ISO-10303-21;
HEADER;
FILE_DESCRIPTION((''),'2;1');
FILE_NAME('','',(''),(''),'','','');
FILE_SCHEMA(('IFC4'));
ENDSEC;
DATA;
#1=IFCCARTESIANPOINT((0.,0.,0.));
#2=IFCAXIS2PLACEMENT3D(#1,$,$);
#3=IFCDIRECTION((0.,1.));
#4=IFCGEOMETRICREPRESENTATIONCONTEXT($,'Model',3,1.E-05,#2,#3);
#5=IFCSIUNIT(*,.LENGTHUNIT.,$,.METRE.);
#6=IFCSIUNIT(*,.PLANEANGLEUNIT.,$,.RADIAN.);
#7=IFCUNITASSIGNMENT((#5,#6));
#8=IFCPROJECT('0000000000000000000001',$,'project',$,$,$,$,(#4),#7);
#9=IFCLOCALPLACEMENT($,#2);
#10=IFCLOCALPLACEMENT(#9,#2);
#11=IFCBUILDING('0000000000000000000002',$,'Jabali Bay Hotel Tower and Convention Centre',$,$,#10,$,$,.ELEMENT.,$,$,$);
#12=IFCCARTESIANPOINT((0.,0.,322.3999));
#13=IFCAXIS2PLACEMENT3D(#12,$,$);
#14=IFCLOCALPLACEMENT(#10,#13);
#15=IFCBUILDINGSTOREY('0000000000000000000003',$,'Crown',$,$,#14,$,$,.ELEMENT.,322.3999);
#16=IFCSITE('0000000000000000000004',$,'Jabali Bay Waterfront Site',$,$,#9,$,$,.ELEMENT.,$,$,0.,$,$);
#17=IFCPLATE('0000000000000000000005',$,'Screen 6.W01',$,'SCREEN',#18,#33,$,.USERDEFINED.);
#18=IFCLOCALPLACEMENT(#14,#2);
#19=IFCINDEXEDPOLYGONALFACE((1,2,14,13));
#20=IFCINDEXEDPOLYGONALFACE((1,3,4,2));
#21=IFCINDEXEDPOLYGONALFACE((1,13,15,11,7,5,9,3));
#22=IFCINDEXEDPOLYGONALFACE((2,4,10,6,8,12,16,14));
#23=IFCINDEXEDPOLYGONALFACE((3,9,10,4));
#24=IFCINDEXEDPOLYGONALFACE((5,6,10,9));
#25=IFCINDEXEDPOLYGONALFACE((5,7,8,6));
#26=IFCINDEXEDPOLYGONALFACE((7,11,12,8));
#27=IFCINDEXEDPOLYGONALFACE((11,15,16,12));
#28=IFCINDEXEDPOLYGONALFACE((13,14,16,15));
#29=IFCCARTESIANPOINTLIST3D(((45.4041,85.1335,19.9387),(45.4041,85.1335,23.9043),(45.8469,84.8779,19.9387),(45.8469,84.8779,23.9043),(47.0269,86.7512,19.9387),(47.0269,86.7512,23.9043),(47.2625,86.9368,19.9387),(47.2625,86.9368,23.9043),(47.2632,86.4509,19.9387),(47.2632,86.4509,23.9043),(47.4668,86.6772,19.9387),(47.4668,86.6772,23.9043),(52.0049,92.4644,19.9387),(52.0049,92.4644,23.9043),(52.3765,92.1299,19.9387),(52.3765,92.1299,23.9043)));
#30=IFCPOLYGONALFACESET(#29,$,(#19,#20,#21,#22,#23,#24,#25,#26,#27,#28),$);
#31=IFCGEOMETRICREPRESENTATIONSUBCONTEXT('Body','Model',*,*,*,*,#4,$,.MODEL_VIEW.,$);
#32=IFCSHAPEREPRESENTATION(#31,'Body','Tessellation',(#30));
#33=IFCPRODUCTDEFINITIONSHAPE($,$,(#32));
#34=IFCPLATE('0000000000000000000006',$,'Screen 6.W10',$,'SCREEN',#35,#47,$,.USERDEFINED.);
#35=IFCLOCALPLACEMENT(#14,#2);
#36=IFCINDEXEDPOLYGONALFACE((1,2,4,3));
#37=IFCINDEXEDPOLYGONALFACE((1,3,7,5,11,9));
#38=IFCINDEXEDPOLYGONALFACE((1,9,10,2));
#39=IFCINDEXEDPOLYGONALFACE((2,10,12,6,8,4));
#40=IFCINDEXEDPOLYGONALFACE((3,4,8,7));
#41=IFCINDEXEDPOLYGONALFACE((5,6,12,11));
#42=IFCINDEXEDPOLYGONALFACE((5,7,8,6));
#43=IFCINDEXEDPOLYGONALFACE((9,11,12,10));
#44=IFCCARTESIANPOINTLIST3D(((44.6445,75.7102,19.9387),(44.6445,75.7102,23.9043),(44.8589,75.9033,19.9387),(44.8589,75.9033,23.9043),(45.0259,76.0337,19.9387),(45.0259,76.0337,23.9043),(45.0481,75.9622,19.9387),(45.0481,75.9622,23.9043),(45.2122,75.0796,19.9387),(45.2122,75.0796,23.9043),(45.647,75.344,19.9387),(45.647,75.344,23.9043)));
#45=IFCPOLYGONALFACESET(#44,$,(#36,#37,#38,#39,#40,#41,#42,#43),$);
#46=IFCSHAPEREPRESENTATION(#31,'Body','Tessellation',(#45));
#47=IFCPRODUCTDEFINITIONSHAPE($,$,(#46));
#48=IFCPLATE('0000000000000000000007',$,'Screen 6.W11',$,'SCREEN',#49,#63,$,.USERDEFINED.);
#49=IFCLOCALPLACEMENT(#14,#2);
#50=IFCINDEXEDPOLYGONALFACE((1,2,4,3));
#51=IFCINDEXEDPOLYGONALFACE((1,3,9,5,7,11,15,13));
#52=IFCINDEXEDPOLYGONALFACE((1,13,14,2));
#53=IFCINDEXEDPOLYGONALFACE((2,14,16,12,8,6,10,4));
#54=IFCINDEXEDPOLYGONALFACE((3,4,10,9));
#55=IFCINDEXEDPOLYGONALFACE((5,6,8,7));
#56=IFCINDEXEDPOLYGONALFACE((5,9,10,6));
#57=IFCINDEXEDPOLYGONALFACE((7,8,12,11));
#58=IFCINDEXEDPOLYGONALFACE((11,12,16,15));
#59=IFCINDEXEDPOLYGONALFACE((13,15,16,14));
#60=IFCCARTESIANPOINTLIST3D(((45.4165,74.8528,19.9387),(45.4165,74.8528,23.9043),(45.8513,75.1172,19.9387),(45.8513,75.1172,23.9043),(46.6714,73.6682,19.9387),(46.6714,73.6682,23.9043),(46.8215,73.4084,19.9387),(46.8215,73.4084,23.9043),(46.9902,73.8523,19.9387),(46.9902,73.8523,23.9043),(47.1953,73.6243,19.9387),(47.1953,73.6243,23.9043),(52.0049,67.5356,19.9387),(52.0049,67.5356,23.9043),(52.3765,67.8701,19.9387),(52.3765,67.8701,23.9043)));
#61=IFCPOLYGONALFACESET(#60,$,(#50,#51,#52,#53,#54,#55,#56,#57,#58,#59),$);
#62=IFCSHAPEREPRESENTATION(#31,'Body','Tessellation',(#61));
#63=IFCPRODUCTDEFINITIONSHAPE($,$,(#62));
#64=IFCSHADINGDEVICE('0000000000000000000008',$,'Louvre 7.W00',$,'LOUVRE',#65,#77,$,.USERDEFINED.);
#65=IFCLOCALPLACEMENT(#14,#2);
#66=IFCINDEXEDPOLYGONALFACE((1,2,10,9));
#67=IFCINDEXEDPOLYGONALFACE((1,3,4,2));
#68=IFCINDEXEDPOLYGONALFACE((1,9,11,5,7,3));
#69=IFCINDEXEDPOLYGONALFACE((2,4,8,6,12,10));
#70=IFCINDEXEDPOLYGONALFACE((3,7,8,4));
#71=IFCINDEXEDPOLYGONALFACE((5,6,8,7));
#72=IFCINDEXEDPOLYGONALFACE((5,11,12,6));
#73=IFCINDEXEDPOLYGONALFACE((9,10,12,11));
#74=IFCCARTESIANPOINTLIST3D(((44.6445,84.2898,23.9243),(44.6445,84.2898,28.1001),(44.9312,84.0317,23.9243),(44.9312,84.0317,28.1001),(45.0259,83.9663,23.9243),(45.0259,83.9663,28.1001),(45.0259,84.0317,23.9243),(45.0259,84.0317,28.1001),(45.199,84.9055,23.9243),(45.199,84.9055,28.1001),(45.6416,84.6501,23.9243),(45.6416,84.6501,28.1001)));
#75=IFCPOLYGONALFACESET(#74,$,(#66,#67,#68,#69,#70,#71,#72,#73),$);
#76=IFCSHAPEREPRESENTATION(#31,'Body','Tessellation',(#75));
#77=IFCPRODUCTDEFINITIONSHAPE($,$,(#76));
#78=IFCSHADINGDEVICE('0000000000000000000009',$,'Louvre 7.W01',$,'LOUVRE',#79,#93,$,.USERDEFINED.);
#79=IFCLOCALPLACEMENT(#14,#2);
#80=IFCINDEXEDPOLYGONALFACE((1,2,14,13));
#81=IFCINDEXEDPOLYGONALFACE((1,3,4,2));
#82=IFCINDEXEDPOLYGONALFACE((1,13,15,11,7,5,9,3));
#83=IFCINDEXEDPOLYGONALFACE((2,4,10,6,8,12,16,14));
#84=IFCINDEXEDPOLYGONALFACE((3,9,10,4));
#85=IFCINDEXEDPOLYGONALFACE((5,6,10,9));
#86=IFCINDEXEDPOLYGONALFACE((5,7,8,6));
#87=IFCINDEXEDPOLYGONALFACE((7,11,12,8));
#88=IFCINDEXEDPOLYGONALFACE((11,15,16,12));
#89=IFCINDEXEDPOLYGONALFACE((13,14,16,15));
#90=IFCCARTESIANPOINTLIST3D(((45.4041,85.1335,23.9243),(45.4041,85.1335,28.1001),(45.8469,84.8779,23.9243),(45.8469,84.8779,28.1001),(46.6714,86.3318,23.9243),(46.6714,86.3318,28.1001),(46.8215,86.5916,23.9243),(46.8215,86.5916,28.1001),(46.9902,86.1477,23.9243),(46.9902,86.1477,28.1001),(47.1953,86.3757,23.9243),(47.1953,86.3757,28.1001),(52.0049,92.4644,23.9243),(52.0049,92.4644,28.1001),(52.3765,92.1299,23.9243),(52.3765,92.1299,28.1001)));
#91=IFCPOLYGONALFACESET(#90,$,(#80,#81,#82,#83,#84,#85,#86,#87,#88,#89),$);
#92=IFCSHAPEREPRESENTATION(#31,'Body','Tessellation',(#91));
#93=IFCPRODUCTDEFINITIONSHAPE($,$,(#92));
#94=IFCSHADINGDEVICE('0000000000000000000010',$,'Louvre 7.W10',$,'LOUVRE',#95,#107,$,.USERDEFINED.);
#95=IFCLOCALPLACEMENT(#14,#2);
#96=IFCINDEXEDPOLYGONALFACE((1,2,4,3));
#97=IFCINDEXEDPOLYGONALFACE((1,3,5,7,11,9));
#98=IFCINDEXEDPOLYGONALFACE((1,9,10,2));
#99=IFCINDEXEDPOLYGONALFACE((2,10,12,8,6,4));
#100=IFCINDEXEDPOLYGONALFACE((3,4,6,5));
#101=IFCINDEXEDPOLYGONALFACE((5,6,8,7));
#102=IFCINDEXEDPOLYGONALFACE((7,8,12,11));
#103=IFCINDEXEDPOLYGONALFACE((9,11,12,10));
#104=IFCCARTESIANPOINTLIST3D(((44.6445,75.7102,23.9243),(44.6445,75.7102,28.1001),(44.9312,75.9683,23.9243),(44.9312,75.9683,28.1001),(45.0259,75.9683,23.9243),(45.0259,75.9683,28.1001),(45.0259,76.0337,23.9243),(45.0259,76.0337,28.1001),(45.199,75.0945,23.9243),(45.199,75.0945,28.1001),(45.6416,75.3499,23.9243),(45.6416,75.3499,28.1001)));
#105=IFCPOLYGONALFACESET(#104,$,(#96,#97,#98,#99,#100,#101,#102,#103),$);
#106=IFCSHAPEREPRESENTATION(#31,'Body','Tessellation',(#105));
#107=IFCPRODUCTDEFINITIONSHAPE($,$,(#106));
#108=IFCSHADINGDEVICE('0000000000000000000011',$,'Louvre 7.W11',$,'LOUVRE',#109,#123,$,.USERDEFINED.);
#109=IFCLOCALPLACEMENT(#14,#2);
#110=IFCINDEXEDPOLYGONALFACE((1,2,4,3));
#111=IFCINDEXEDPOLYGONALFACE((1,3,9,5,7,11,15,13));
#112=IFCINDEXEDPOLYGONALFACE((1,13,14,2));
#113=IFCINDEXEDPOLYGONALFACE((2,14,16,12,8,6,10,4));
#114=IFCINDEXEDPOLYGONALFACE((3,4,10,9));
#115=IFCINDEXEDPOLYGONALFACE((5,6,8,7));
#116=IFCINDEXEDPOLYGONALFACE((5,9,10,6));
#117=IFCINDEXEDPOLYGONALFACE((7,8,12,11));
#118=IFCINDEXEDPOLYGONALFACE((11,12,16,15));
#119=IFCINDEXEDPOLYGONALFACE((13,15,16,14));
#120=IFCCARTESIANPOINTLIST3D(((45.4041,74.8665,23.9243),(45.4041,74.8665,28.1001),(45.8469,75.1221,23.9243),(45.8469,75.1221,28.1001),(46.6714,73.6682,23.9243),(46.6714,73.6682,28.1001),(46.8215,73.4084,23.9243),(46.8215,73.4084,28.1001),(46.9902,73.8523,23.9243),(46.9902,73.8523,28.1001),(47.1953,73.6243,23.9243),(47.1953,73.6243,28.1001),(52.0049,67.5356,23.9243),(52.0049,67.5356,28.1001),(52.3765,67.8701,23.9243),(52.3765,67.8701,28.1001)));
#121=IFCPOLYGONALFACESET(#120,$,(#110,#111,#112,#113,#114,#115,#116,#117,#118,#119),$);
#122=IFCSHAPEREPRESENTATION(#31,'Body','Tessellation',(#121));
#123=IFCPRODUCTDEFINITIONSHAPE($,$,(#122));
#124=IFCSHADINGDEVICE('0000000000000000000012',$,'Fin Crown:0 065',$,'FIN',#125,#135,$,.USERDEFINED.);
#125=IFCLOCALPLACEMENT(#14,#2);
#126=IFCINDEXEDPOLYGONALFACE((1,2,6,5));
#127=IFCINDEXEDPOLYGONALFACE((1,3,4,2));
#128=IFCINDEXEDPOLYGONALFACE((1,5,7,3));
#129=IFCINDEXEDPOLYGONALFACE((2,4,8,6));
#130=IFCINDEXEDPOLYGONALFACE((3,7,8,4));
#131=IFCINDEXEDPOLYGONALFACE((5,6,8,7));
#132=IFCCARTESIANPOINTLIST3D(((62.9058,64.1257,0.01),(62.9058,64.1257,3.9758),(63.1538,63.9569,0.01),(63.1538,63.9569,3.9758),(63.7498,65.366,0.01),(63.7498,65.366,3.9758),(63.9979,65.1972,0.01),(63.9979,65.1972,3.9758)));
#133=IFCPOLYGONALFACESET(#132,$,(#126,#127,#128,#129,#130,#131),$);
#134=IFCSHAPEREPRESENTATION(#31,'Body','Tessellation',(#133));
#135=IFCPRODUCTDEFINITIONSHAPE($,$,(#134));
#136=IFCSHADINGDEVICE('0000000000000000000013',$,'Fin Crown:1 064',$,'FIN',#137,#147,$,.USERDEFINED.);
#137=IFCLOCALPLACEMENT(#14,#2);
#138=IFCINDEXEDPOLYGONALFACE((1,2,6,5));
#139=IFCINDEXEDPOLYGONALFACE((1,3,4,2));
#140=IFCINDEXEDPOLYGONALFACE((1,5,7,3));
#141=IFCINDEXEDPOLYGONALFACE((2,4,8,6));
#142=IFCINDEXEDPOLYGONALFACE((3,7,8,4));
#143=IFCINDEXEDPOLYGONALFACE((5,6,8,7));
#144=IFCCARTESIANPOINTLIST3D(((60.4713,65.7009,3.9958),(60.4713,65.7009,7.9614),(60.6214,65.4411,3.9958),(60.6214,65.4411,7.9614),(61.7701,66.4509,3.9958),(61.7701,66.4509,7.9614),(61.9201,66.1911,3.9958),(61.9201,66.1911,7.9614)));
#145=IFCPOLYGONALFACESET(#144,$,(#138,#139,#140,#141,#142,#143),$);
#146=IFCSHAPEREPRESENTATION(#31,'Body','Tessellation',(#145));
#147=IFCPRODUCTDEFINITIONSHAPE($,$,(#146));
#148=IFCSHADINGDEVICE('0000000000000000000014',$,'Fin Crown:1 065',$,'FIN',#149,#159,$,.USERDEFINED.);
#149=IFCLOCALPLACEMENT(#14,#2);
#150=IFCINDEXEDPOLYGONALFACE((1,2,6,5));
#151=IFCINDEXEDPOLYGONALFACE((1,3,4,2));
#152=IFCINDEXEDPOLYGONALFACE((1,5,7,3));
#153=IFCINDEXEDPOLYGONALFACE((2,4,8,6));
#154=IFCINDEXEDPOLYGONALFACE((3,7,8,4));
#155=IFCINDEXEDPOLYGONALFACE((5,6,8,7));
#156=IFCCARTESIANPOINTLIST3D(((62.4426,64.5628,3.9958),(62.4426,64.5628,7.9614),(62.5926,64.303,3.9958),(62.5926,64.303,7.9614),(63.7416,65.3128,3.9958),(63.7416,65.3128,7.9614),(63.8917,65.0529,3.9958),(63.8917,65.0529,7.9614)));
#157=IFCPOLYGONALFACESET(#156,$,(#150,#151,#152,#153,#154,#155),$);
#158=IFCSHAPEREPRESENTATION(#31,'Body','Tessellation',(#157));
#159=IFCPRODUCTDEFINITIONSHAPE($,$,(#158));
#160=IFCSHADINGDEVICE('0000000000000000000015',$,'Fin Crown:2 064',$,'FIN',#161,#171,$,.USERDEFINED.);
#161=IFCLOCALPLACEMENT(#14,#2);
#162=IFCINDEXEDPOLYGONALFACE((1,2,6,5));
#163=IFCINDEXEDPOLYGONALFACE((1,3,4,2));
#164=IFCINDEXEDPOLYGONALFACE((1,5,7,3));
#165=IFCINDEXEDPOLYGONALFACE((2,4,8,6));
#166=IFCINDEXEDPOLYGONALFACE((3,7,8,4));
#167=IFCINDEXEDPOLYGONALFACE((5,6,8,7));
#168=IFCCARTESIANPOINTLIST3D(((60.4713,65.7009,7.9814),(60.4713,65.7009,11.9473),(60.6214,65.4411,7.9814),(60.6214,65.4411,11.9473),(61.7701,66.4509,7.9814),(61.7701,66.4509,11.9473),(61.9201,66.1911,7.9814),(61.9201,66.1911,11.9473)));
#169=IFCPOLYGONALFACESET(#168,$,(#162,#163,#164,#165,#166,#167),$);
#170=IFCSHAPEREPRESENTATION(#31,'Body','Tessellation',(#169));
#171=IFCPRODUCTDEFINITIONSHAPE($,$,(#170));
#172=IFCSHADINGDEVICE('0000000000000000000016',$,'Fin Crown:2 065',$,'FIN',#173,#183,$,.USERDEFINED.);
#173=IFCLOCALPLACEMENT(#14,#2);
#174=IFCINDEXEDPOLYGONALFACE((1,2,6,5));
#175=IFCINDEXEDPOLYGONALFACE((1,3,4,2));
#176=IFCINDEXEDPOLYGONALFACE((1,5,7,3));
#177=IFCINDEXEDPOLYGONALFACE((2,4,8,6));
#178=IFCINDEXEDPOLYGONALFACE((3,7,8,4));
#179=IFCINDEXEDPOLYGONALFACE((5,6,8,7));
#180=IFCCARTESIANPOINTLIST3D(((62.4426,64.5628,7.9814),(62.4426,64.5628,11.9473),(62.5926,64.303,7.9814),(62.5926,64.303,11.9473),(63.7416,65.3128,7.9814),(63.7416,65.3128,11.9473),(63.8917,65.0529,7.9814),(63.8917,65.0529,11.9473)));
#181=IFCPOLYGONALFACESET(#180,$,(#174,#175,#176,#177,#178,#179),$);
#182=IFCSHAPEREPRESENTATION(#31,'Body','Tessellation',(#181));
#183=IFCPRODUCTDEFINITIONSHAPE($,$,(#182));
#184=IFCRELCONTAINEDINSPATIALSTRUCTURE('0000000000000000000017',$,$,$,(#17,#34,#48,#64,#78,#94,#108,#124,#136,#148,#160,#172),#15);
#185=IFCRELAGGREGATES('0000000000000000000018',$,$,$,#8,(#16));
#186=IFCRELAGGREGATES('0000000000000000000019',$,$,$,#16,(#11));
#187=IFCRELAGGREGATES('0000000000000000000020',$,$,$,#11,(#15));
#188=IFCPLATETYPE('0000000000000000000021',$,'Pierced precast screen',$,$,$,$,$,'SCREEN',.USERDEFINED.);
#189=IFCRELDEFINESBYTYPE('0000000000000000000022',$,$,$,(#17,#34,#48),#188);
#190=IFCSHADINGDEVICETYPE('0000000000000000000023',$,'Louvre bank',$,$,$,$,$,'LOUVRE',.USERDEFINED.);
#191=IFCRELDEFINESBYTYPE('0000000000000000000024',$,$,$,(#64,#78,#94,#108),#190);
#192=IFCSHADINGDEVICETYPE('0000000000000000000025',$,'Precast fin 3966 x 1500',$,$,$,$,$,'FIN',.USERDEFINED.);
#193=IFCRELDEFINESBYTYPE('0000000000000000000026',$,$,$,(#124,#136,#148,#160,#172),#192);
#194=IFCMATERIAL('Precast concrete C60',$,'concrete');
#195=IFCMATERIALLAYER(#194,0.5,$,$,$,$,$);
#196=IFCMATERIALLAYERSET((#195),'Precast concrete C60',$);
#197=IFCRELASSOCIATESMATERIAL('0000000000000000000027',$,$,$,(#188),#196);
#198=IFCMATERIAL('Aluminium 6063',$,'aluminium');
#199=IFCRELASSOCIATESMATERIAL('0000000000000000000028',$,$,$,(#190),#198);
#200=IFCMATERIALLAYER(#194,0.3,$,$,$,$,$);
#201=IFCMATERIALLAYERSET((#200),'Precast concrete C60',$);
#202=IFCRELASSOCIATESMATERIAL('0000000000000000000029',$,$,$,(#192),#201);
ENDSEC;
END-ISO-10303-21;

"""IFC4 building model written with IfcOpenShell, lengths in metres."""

from ifc_helpers import new_model, si_unit, direction, frame, frame_2d, origin, place, context, subcontext, project, spatial, polyline, rectangle, outline, extrude, material, layer, layer_set, type_object, element, save


model = new_model("IFC4")

# Units and contexts
model_context = context("Model", 3, precision=1e-05, world=origin(), true_north=direction((0.0, 1.0)))
body_context = subcontext(model_context, "Body", "Model", "MODEL_VIEW")
ifc_project = project(units=[si_unit("LENGTHUNIT", "METRE"), si_unit("PLANEANGLEUNIT", "RADIAN")], contexts=[model_context])

# Site, building, storey
site_placement = place(None, origin())
site = spatial("IfcSite", under=ifc_project, at=site_placement, Name="Jabali Bay Waterfront Site", CompositionType="ELEMENT", RefElevation=0.0)
building_placement = place(site_placement, origin())
building = spatial("IfcBuilding", under=site, at=building_placement, Name="Jabali Bay Hotel Tower and Convention Centre", CompositionType="ELEMENT")
storey_placement = place(building_placement, frame((0.0, 0.0, 322.3999)))
storey = spatial("IfcBuildingStorey", under=building, at=storey_placement, Name="Crown", CompositionType="ELEMENT", Elevation=322.3999)

# Plates
ifc_material_1 = material(Name="Precast concrete C60", Category="concrete")
ifc_layer_1 = layer(ifc_material_1, 0.5)
ifc_layer_set_1 = layer_set([ifc_layer_1], Name="Precast concrete C60")
plate_type = type_object("IfcPlateType", Name="Pierced precast screen", ElementType="SCREEN", PredefinedType="USERDEFINED", material=ifc_layer_set_1)
plate_1_placement = place(storey_placement, frame((0.0, 0.0, 19.9387)))
element("IfcPlate", 1, at=plate_1_placement, inside=storey, type_object=plate_type, Name="Screen 6.W01", ObjectType="SCREEN", PredefinedType="USERDEFINED", context=body_context, shape_type="SweptSolid", body=[
    extrude(outline(polyline([(45.8469, 84.8779), (47.2632, 86.4509), (47.0269, 86.7512), (47.2625, 86.9368), (47.4668, 86.6772), (52.3765, 92.1299), (52.0049, 92.4644), (45.4041, 85.1335), (45.8469, 84.8779)])), origin(), (0.0, 0.0, 1.0), 3.9656),
])
plate_2_placement = place(storey_placement, frame((0.0, 0.0, 19.9387)))
element("IfcPlate", 2, at=plate_2_placement, inside=storey, type_object=plate_type, Name="Screen 6.W10", ObjectType="SCREEN", PredefinedType="USERDEFINED", context=body_context, shape_type="SweptSolid", body=[
    extrude(outline(polyline([(45.647, 75.344), (45.0259, 76.0337), (45.0481, 75.9622), (44.8589, 75.9033), (44.6445, 75.7102), (45.2122, 75.0796), (45.647, 75.344)])), origin(), (0.0, 0.0, 1.0), 3.9656),
])
plate_3_placement = place(storey_placement, frame((0.0, 0.0, 19.9387)))
element("IfcPlate", 3, at=plate_3_placement, inside=storey, type_object=plate_type, Name="Screen 6.W11", ObjectType="SCREEN", PredefinedType="USERDEFINED", context=body_context, shape_type="SweptSolid", body=[
    extrude(outline(polyline([(46.9902, 73.8523), (45.8513, 75.1172), (45.4165, 74.8528), (52.0049, 67.5356), (52.3765, 67.8701), (47.1953, 73.6243), (46.8215, 73.4084), (46.6714, 73.6682), (46.9902, 73.8523)])), origin(), (0.0, 0.0, 1.0), 3.9656),
])

# Shading devices
ifc_material_2 = material(Name="Aluminium 6063", Category="aluminium")
shading_device_type_1 = type_object("IfcShadingDeviceType", Name="Louvre bank", ElementType="LOUVRE", PredefinedType="USERDEFINED", material=ifc_material_2)
shading_device_1_placement = place(storey_placement, frame((0.0, 0.0, 23.9243)))
element("IfcShadingDevice", 4, at=shading_device_1_placement, inside=storey, type_object=shading_device_type_1, Name="Louvre 7.W00", ObjectType="LOUVRE", PredefinedType="USERDEFINED", context=body_context, shape_type="SweptSolid", body=[
    extrude(outline(polyline([(45.0259, 83.9663), (45.6416, 84.6501), (45.199, 84.9055), (44.6445, 84.2898), (44.9312, 84.0317), (45.0259, 84.0317), (45.0259, 83.9663)])), origin(), (0.0, 0.0, 1.0), 4.1758),
])
shading_device_2_placement = place(storey_placement, frame((0.0, 0.0, 23.9243)))
element("IfcShadingDevice", 5, at=shading_device_2_placement, inside=storey, type_object=shading_device_type_1, Name="Louvre 7.W01", ObjectType="LOUVRE", PredefinedType="USERDEFINED", context=body_context, shape_type="SweptSolid", body=[
    extrude(outline(polyline([(45.8469, 84.8779), (46.9902, 86.1477), (46.6714, 86.3318), (46.8215, 86.5916), (47.1953, 86.3757), (52.3765, 92.1299), (52.0049, 92.4644), (45.4041, 85.1335), (45.8469, 84.8779)])), origin(), (0.0, 0.0, 1.0), 4.1758),
])
shading_device_3_placement = place(storey_placement, frame((0.0, 0.0, 23.9243)))
element("IfcShadingDevice", 6, at=shading_device_3_placement, inside=storey, type_object=shading_device_type_1, Name="Louvre 7.W10", ObjectType="LOUVRE", PredefinedType="USERDEFINED", context=body_context, shape_type="SweptSolid", body=[
    extrude(outline(polyline([(45.6416, 75.3499), (45.0259, 76.0337), (45.0259, 75.9683), (44.9312, 75.9683), (44.6445, 75.7102), (45.199, 75.0945), (45.6416, 75.3499)])), origin(), (0.0, 0.0, 1.0), 4.1758),
])
shading_device_4_placement = place(storey_placement, frame((0.0, 0.0, 23.9243)))
element("IfcShadingDevice", 7, at=shading_device_4_placement, inside=storey, type_object=shading_device_type_1, Name="Louvre 7.W11", ObjectType="LOUVRE", PredefinedType="USERDEFINED", context=body_context, shape_type="SweptSolid", body=[
    extrude(outline(polyline([(46.9902, 73.8523), (45.8469, 75.1221), (45.4041, 74.8665), (52.0049, 67.5356), (52.3765, 67.8701), (47.1953, 73.6243), (46.8215, 73.4084), (46.6714, 73.6682), (46.9902, 73.8523)])), origin(), (0.0, 0.0, 1.0), 4.1758),
])
ifc_layer_2 = layer(ifc_material_1, 0.3)
ifc_layer_set_2 = layer_set([ifc_layer_2], Name="Precast concrete C60")
shading_device_type_2 = type_object("IfcShadingDeviceType", Name="Precast fin 3966 x 1500", ElementType="FIN", PredefinedType="USERDEFINED", material=ifc_layer_set_2)
shading_device_5_placement = place(storey_placement, frame((63.8738, 65.2815, 0.01), z_axis=(0.0, 0.0, 1.0), x_axis=(-0.562599, -0.82673, 0.0)))
element("IfcShadingDevice", 8, at=shading_device_5_placement, inside=storey, type_object=shading_device_type_2, Name="Fin Crown:0 065", ObjectType="FIN", PredefinedType="USERDEFINED", context=body_context, shape_type="SweptSolid", body=[
    extrude(rectangle(XDim=1.5002, YDim=0.3, at=frame_2d((0.75, 0.0))), origin(), (0.0, 0.0, 1.0), 3.9658),
])
shading_device_6_placement = place(storey_placement, frame((61.8452, 66.321, 3.9958), z_axis=(0.0, 0.0, 1.0), x_axis=(-0.86599, -0.500061, 0.0)))
element("IfcShadingDevice", 9, at=shading_device_6_placement, inside=storey, type_object=shading_device_type_2, Name="Fin Crown:1 064", ObjectType="FIN", PredefinedType="USERDEFINED", context=body_context, shape_type="SweptSolid", body=[
    extrude(rectangle(XDim=1.4998, YDim=0.3, at=frame_2d((0.75, 0.0))), origin(), (0.0, 0.0, 1.0), 3.9656),
])
shading_device_7_placement = place(storey_placement, frame((63.8167, 65.1829, 3.9958), z_axis=(0.0, 0.0, 1.0), x_axis=(-0.866031, -0.49999, 0.0)))
element("IfcShadingDevice", 10, at=shading_device_7_placement, inside=storey, type_object=shading_device_type_2, Name="Fin Crown:1 065", ObjectType="FIN", PredefinedType="USERDEFINED", context=body_context, shape_type="SweptSolid", body=[
    extrude(rectangle(XDim=1.5, YDim=0.3, at=frame_2d((0.75, 0.0))), origin(), (0.0, 0.0, 1.0), 3.9656),
])
shading_device_8_placement = place(storey_placement, frame((61.8452, 66.321, 7.9814), z_axis=(0.0, 0.0, 1.0), x_axis=(-0.86599, -0.500061, 0.0)))
element("IfcShadingDevice", 11, at=shading_device_8_placement, inside=storey, type_object=shading_device_type_2, Name="Fin Crown:2 064", ObjectType="FIN", PredefinedType="USERDEFINED", context=body_context, shape_type="SweptSolid", body=[
    extrude(rectangle(XDim=1.4998, YDim=0.3, at=frame_2d((0.75, 0.0))), origin(), (0.0, 0.0, 1.0), 3.9658),
])
shading_device_9_placement = place(storey_placement, frame((63.8167, 65.1829, 7.9814), z_axis=(0.0, 0.0, 1.0), x_axis=(-0.866031, -0.49999, 0.0)))
element("IfcShadingDevice", 12, at=shading_device_9_placement, inside=storey, type_object=shading_device_type_2, Name="Fin Crown:2 065", ObjectType="FIN", PredefinedType="USERDEFINED", context=body_context, shape_type="SweptSolid", body=[
    extrude(rectangle(XDim=1.5, YDim=0.3, at=frame_2d((0.75, 0.0))), origin(), (0.0, 0.0, 1.0), 3.9658),
])

save(model, "model.ifc")
